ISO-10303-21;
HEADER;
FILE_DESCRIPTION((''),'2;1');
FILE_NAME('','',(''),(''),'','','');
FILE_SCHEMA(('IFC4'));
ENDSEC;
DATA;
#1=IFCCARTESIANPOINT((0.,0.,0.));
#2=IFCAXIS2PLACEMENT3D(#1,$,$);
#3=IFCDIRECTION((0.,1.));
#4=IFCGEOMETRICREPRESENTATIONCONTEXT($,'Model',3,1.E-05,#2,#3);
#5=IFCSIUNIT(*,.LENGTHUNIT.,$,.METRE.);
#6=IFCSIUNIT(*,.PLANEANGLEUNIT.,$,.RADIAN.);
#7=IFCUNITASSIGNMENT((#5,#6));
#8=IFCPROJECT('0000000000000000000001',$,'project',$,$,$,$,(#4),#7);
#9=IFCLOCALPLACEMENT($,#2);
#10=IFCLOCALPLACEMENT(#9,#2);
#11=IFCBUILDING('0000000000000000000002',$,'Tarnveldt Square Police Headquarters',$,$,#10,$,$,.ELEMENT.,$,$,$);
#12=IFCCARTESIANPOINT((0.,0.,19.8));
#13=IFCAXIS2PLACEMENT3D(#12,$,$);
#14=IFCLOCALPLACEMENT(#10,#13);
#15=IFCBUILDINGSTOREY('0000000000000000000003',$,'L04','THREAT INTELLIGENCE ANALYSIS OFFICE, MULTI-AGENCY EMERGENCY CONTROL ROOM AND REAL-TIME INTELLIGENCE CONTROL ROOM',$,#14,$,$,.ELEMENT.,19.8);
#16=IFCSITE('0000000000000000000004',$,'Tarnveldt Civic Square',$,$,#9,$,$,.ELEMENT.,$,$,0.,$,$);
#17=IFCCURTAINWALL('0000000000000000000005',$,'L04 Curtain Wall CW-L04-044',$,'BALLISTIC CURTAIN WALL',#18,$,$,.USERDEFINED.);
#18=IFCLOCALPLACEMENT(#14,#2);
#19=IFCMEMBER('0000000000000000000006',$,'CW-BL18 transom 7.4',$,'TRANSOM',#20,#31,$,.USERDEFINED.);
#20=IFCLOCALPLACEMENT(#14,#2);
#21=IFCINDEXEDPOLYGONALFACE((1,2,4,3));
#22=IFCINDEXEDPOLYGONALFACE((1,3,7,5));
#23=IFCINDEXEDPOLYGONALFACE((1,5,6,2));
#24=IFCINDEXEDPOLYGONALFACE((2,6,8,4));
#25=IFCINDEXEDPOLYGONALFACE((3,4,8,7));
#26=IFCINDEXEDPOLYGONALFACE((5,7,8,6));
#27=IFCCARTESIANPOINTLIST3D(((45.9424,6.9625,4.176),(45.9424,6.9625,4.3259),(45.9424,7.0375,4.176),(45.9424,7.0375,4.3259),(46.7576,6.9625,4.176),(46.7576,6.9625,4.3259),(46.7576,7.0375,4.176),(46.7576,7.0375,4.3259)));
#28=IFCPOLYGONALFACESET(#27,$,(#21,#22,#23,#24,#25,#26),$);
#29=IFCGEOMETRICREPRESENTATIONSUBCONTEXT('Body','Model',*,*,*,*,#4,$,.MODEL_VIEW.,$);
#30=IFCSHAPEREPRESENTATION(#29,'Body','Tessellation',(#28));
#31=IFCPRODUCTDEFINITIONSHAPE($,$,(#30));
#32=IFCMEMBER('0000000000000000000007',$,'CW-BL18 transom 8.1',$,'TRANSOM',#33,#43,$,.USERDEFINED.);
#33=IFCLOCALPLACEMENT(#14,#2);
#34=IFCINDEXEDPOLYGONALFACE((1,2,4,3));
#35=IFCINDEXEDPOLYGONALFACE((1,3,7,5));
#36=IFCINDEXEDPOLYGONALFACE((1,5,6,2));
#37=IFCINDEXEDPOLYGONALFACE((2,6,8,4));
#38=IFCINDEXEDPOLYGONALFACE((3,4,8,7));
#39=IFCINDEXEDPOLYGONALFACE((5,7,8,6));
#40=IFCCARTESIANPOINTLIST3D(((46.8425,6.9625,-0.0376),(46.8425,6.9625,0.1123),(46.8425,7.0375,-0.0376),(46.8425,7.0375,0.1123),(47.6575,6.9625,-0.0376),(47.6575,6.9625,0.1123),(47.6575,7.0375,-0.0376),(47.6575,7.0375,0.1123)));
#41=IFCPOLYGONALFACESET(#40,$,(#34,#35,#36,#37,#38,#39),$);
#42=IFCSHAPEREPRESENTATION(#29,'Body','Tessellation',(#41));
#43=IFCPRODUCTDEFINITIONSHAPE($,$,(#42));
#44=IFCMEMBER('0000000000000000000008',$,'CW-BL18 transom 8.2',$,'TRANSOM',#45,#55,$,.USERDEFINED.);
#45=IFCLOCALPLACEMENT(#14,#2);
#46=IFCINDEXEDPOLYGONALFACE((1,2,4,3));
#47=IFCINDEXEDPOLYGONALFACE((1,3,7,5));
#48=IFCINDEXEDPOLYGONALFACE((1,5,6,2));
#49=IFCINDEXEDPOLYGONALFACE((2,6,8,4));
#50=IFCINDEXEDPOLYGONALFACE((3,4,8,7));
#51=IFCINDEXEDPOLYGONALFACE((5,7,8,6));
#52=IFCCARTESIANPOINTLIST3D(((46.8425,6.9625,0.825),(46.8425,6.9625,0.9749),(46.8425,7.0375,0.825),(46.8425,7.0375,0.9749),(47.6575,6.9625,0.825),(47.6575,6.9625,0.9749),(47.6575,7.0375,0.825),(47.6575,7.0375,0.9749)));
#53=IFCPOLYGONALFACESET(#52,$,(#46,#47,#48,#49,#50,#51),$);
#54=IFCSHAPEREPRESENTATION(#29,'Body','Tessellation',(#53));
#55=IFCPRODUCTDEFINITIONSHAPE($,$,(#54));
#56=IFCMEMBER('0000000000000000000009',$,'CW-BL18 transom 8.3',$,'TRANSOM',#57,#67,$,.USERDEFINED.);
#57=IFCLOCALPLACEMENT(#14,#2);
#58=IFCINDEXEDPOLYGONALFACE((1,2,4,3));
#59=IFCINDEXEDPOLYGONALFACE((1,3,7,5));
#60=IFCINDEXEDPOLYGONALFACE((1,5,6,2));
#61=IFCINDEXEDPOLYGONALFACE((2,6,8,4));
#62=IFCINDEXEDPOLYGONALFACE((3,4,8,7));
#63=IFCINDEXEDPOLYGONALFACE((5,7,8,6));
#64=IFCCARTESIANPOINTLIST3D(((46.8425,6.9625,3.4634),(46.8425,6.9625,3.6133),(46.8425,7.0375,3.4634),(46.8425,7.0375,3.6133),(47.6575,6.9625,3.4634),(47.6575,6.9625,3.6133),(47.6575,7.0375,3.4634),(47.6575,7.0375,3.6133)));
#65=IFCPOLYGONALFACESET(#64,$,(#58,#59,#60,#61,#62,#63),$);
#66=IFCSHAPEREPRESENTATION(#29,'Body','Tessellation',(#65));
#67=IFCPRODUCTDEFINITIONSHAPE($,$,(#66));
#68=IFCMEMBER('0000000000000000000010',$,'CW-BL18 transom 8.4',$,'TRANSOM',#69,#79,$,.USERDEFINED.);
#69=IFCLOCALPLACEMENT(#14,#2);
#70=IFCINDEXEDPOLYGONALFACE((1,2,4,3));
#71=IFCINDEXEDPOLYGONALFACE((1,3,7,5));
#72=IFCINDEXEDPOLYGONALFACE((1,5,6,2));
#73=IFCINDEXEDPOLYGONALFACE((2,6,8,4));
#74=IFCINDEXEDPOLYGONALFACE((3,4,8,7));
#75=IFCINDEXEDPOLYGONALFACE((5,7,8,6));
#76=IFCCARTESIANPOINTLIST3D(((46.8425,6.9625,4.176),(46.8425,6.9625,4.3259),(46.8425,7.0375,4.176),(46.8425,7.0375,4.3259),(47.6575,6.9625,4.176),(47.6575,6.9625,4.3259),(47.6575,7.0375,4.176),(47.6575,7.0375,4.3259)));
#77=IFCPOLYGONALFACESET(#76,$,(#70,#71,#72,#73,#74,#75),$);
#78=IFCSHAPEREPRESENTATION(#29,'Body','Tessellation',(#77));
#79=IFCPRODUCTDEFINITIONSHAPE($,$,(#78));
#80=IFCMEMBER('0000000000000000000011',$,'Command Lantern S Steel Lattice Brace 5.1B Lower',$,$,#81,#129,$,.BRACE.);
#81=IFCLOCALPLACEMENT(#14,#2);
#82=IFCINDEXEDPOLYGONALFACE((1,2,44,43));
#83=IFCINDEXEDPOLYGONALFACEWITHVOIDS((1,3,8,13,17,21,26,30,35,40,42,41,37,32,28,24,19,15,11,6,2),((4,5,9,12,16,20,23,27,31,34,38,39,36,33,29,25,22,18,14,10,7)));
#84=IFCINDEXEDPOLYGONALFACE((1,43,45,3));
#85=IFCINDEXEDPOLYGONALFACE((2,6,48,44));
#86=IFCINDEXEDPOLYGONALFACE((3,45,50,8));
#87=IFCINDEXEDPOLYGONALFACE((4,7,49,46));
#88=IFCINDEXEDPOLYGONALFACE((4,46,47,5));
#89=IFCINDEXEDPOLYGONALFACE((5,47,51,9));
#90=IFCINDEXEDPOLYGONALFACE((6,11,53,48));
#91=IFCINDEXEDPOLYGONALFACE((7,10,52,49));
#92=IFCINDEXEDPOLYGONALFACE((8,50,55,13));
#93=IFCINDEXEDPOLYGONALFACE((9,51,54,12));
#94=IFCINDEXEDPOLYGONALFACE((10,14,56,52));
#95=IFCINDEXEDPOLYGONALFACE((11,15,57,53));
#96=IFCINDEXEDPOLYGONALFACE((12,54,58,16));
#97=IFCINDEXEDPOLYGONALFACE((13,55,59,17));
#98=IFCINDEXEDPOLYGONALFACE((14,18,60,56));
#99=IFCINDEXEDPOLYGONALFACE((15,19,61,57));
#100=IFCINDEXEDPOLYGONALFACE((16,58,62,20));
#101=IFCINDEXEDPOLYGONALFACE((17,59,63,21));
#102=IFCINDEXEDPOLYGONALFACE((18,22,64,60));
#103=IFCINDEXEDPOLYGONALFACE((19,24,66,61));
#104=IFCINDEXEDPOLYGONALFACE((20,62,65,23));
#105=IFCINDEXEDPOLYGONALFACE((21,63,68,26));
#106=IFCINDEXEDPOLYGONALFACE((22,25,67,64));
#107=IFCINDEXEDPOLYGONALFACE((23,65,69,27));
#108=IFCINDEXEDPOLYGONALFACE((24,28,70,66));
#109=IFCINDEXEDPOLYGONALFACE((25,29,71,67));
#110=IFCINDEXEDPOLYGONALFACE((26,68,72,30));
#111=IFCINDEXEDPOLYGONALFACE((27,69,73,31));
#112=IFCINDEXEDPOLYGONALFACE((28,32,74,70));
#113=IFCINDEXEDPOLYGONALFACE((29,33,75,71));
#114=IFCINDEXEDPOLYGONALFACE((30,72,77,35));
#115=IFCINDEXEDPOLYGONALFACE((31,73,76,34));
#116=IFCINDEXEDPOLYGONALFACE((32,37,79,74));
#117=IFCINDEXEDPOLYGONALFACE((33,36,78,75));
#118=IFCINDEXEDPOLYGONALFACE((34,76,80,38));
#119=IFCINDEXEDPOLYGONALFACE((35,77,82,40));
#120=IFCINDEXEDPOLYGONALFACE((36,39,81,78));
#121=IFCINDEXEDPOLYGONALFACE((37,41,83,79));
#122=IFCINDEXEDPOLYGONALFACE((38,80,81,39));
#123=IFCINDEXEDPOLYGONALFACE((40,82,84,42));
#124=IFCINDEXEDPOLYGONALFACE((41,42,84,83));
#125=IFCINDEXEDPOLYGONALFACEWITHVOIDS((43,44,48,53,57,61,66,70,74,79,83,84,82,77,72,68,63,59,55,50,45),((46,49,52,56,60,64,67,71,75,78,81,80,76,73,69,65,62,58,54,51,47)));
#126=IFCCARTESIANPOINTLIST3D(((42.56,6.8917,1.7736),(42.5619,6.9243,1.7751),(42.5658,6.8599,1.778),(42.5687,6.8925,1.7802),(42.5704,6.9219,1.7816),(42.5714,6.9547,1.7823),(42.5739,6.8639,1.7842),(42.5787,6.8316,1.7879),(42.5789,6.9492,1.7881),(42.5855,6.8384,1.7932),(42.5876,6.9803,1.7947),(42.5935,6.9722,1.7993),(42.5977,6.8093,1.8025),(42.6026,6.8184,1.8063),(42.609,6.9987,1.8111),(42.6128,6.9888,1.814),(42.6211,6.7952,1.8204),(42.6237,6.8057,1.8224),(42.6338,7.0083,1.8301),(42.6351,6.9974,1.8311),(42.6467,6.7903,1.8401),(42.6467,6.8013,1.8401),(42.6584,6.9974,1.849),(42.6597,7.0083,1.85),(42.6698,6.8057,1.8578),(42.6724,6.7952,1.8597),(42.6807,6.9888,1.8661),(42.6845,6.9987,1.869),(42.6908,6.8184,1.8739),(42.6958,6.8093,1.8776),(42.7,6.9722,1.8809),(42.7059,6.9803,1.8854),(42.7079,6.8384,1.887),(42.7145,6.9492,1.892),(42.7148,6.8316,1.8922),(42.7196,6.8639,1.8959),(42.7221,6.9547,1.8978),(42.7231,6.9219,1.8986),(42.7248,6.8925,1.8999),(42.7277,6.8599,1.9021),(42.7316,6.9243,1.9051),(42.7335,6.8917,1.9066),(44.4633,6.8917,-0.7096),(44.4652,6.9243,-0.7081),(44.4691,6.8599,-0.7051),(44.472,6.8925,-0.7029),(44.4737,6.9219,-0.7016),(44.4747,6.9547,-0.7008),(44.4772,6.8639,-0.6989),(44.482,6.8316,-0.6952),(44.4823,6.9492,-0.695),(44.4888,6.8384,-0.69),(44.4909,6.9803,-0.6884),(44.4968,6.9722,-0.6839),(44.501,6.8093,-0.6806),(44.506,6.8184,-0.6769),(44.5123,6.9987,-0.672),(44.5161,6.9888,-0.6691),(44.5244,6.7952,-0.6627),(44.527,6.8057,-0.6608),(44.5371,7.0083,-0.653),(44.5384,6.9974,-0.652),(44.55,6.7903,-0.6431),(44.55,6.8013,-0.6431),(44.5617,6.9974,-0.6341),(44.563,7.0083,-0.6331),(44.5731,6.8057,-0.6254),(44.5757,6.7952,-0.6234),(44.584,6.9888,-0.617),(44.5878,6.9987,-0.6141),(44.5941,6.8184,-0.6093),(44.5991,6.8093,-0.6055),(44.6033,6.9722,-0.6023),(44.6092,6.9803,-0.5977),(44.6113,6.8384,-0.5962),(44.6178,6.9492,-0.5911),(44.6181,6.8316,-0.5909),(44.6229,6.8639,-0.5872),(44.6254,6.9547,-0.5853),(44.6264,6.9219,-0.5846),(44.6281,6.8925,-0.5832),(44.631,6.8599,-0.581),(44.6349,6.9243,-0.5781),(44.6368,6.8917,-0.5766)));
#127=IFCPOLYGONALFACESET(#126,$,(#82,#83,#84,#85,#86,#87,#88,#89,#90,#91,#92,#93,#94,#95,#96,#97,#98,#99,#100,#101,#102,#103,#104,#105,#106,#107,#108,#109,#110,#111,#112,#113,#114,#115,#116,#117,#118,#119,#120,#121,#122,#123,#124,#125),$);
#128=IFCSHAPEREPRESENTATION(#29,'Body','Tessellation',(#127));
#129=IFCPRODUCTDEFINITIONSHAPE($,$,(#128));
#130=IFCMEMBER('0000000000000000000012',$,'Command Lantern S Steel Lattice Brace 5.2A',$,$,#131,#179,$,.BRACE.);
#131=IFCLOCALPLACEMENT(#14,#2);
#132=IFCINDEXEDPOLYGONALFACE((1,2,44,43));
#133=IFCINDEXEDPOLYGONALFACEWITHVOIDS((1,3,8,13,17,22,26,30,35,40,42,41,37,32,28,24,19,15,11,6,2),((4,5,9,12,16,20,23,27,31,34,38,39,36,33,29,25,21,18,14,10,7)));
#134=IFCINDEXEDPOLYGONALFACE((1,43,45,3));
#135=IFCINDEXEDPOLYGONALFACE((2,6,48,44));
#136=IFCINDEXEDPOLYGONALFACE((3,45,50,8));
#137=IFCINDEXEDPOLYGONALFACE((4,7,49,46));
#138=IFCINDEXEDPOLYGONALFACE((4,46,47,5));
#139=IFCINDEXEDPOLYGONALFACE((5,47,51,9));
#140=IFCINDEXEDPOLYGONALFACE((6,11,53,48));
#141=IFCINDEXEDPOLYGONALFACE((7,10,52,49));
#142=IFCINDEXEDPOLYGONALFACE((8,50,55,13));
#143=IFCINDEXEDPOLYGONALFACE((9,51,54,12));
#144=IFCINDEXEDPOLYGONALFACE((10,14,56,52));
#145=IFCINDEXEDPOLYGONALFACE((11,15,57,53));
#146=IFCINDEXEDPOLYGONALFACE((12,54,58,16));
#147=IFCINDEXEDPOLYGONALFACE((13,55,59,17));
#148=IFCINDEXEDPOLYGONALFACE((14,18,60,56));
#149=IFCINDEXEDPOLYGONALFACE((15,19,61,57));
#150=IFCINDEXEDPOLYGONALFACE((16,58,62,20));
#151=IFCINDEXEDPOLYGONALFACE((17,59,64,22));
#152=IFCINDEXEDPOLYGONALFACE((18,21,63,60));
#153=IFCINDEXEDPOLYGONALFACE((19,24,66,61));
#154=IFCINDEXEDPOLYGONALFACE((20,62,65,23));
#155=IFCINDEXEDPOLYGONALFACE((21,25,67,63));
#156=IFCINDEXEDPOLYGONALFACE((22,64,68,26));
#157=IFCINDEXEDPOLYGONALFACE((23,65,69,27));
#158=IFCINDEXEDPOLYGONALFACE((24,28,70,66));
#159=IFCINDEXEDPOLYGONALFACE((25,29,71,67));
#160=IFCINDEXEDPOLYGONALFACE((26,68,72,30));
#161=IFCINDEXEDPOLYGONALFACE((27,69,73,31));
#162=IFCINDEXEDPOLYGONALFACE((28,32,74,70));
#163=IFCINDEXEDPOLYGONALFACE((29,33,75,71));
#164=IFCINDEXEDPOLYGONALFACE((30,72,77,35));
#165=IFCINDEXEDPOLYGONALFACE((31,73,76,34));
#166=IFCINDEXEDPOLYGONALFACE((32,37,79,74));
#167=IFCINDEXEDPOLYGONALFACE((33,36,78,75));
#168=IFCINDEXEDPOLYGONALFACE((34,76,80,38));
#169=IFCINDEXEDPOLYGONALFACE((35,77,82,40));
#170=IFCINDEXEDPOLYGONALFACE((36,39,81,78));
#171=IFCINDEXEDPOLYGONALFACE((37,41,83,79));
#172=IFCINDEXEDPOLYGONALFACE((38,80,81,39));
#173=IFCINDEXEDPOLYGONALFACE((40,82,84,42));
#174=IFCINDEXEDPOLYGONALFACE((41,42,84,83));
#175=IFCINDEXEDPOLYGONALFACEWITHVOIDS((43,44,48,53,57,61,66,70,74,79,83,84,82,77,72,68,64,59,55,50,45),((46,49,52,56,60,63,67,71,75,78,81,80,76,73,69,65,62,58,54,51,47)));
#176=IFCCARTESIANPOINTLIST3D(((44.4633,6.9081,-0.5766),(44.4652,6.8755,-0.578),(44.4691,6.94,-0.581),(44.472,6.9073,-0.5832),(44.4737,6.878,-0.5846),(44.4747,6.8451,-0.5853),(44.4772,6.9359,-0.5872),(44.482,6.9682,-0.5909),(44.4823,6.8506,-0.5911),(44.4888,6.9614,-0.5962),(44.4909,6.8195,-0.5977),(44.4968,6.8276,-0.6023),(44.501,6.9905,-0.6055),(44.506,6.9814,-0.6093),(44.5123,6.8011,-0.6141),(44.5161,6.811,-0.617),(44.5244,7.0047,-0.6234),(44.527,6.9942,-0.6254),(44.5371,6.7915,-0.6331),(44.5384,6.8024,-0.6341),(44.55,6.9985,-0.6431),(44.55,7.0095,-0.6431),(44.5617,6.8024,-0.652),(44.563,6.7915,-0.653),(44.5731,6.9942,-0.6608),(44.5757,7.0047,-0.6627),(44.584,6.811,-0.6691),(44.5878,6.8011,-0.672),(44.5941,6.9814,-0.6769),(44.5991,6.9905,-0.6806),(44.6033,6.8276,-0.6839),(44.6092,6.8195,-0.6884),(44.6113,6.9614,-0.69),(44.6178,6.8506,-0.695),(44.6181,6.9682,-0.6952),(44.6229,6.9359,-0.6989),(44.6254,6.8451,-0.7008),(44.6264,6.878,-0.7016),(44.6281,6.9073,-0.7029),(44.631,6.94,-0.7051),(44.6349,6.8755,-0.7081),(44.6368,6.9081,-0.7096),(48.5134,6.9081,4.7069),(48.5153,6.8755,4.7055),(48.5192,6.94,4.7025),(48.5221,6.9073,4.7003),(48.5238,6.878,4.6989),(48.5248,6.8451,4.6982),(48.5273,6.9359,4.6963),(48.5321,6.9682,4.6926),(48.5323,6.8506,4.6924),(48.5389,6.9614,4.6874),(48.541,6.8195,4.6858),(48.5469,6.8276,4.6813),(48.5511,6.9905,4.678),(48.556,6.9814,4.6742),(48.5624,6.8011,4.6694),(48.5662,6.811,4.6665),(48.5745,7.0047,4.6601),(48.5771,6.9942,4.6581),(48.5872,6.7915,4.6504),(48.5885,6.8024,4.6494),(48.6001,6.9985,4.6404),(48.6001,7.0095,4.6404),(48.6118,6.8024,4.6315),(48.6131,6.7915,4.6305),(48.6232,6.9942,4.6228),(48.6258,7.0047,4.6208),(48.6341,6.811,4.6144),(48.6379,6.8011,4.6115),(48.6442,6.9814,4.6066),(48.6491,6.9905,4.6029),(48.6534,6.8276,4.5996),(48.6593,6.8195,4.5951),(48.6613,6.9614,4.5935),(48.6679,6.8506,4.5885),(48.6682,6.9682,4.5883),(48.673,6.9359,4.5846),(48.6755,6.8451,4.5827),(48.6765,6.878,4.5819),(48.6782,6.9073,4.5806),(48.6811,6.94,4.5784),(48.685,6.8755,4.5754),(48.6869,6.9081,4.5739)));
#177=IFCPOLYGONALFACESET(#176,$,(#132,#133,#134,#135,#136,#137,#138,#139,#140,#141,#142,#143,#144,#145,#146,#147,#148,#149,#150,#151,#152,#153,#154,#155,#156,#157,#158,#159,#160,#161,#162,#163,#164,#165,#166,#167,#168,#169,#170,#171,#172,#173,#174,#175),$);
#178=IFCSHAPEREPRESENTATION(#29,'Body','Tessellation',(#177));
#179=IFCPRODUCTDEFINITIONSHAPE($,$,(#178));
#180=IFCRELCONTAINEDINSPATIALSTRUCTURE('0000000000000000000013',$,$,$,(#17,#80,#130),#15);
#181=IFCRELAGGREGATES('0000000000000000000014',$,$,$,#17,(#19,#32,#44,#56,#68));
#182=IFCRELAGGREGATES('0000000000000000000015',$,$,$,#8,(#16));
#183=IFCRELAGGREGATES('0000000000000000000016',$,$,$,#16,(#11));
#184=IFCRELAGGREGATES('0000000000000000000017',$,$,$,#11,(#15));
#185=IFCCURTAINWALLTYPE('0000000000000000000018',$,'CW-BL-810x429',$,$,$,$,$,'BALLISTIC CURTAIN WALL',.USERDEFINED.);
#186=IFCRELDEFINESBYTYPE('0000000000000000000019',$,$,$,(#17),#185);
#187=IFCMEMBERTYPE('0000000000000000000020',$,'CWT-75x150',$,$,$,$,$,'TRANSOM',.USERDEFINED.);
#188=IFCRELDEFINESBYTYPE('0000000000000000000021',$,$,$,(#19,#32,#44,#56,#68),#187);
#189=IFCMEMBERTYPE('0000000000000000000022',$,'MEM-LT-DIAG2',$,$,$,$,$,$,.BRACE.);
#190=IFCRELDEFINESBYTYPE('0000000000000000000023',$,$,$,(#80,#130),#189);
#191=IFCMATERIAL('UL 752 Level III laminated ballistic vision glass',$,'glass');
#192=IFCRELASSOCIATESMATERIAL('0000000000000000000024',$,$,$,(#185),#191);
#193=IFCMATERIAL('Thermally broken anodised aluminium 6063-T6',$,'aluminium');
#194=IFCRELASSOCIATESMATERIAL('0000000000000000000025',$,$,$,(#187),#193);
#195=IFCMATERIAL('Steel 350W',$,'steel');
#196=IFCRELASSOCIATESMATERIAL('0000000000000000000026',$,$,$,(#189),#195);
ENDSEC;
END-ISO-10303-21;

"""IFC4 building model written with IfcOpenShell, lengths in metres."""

from ifc_helpers import new_model, si_unit, direction, frame, origin, origin_2d, place, context, subcontext, project, spatial, rectangle, hollow_circle, extrude, material, material_profile, profile_set, type_object, element, aggregate, save


model = new_model("IFC4")

# Units and contexts
model_context = context("Model", 3, precision=1e-05, world=origin(), true_north=direction((0.0, 1.0)))
body_context = subcontext(model_context, "Body", "Model", "MODEL_VIEW")
ifc_project = project(units=[si_unit("LENGTHUNIT", "METRE"), si_unit("PLANEANGLEUNIT", "RADIAN")], contexts=[model_context])

# Site, building, storey
site_placement = place(None, origin())
site = spatial("IfcSite", under=ifc_project, at=site_placement, Name="Tarnveldt Civic Square", CompositionType="ELEMENT", RefElevation=0.0)
building_placement = place(site_placement, origin())
building = spatial("IfcBuilding", under=site, at=building_placement, Name="Tarnveldt Square Police Headquarters", CompositionType="ELEMENT")
storey_placement = place(building_placement, frame((0.0, 0.0, 19.8)))
storey = spatial("IfcBuildingStorey", under=building, at=storey_placement, Name="L04", Description="THREAT INTELLIGENCE ANALYSIS OFFICE, MULTI-AGENCY EMERGENCY CONTROL ROOM AND REAL-TIME INTELLIGENCE CONTROL ROOM", CompositionType="ELEMENT", Elevation=19.8)

# Curtain wall, members
ifc_material_1 = material(Name="UL 752 Level III laminated ballistic vision glass", Category="glass")
curtain_wall_type = type_object("IfcCurtainWallType", Name="CW-BL-810x429", ElementType="BALLISTIC CURTAIN WALL", PredefinedType="USERDEFINED", material=ifc_material_1)
curtain_wall_placement = place(storey_placement, origin())
curtain_wall = element("IfcCurtainWall", 1, at=curtain_wall_placement, inside=storey, type_object=curtain_wall_type, Name="L04 Curtain Wall CW-L04-044", ObjectType="BALLISTIC CURTAIN WALL", PredefinedType="USERDEFINED")
ifc_material_2 = material(Name="Thermally broken anodised aluminium 6063-T6", Category="aluminium")
ifc_material_profile_1 = material_profile(ifc_material_2, rectangle(XDim=0.075, YDim=0.1499, at=origin_2d()), Name="CW-T75x150")
ifc_profile_set_1 = profile_set([ifc_material_profile_1], Name="Thermally broken anodised aluminium 6063-T6")
member_type_1 = type_object("IfcMemberType", Name="CWT-75x150", ElementType="TRANSOM", PredefinedType="USERDEFINED", material=ifc_profile_set_1)
member_1_placement = place(storey_placement, frame((45.9424, 7.0, 4.251), z_axis=(1.0, 0.0, 0.0), x_axis=(0.0, 1.0, 0.0)))
member_1 = element("IfcMember", 2, at=member_1_placement, type_object=member_type_1, Name="CW-BL18 transom 7.4", ObjectType="TRANSOM", PredefinedType="USERDEFINED", context=body_context, shape_type="SweptSolid", body=[
    extrude(rectangle(XDim=0.075, YDim=0.1499, at=origin_2d()), origin(), (0.0, 0.0, 1.0), 0.8152),
])
member_2_placement = place(storey_placement, frame((46.8425, 7.0, 0.0374), z_axis=(1.0, 0.0, 0.0), x_axis=(0.0, 1.0, 0.0)))
member_2 = element("IfcMember", 3, at=member_2_placement, type_object=member_type_1, Name="CW-BL18 transom 8.1", ObjectType="TRANSOM", PredefinedType="USERDEFINED", context=body_context, shape_type="SweptSolid", body=[
    extrude(rectangle(XDim=0.075, YDim=0.1499, at=origin_2d()), origin(), (0.0, 0.0, 1.0), 0.8149),
])
member_3_placement = place(storey_placement, frame((46.8425, 7.0, 0.8999), z_axis=(1.0, 0.0, 0.0), x_axis=(0.0, 1.0, 0.0)))
member_3 = element("IfcMember", 4, at=member_3_placement, type_object=member_type_1, Name="CW-BL18 transom 8.2", ObjectType="TRANSOM", PredefinedType="USERDEFINED", context=body_context, shape_type="SweptSolid", body=[
    extrude(rectangle(XDim=0.075, YDim=0.1499, at=origin_2d()), origin(), (0.0, 0.0, 1.0), 0.8149),
])
member_4_placement = place(storey_placement, frame((46.8425, 7.0, 3.5383), z_axis=(1.0, 0.0, 0.0), x_axis=(0.0, 1.0, 0.0)))
member_4 = element("IfcMember", 5, at=member_4_placement, type_object=member_type_1, Name="CW-BL18 transom 8.3", ObjectType="TRANSOM", PredefinedType="USERDEFINED", context=body_context, shape_type="SweptSolid", body=[
    extrude(rectangle(XDim=0.075, YDim=0.1499, at=origin_2d()), origin(), (0.0, 0.0, 1.0), 0.8149),
])
member_5_placement = place(storey_placement, frame((46.8425, 7.0, 4.251), z_axis=(1.0, 0.0, 0.0), x_axis=(0.0, 1.0, 0.0)))
member_5 = element("IfcMember", 6, at=member_5_placement, type_object=member_type_1, Name="CW-BL18 transom 8.4", ObjectType="TRANSOM", PredefinedType="USERDEFINED", context=body_context, shape_type="SweptSolid", body=[
    extrude(rectangle(XDim=0.075, YDim=0.1499, at=origin_2d()), origin(), (0.0, 0.0, 1.0), 0.8149),
])

# Members
ifc_material_3 = material(Name="Steel 350W", Category="steel")
ifc_material_profile_2 = material_profile(ifc_material_3, hollow_circle(Radius=0.1096, WallThickness=0.011, at=origin_2d()), Name="HSS219x11")
ifc_profile_set_2 = profile_set([ifc_material_profile_2], Name="Steel 350W")
member_type_2 = type_object("IfcMemberType", Name="MEM-LT-DIAG2", PredefinedType="BRACE", material=ifc_profile_set_2)
member_6_placement = place(storey_placement, frame((44.55, 6.8999, -0.6431), z_axis=(-0.608345, 0.0, 0.793673), x_axis=(0.0, -1.0, 0.0)))
element("IfcMember", 7, at=member_6_placement, inside=storey, type_object=member_type_2, Name="Command Lantern S Steel Lattice Brace 5.1B Lower", PredefinedType="BRACE", context=body_context, shape_type="SweptSolid", body=[
    extrude(hollow_circle(Radius=0.1096, WallThickness=0.011, at=origin_2d()), origin(), (0.0, 0.0, 1.0), 3.1287),
])
member_7_placement = place(storey_placement, frame((44.55, 6.8999, -0.6431), z_axis=(0.608375, 0.0, 0.793649), x_axis=(0.0, 1.0, 0.0)))
element("IfcMember", 8, at=member_7_placement, inside=storey, type_object=member_type_2, Name="Command Lantern S Steel Lattice Brace 5.2A", PredefinedType="BRACE", context=body_context, shape_type="SweptSolid", body=[
    extrude(hollow_circle(Radius=0.1096, WallThickness=0.011, at=origin_2d()), origin(), (0.0, 0.0, 1.0), 6.6572),
])

aggregate(curtain_wall, [member_1, member_2, member_3, member_4, member_5])

save(model, "model.ifc")
